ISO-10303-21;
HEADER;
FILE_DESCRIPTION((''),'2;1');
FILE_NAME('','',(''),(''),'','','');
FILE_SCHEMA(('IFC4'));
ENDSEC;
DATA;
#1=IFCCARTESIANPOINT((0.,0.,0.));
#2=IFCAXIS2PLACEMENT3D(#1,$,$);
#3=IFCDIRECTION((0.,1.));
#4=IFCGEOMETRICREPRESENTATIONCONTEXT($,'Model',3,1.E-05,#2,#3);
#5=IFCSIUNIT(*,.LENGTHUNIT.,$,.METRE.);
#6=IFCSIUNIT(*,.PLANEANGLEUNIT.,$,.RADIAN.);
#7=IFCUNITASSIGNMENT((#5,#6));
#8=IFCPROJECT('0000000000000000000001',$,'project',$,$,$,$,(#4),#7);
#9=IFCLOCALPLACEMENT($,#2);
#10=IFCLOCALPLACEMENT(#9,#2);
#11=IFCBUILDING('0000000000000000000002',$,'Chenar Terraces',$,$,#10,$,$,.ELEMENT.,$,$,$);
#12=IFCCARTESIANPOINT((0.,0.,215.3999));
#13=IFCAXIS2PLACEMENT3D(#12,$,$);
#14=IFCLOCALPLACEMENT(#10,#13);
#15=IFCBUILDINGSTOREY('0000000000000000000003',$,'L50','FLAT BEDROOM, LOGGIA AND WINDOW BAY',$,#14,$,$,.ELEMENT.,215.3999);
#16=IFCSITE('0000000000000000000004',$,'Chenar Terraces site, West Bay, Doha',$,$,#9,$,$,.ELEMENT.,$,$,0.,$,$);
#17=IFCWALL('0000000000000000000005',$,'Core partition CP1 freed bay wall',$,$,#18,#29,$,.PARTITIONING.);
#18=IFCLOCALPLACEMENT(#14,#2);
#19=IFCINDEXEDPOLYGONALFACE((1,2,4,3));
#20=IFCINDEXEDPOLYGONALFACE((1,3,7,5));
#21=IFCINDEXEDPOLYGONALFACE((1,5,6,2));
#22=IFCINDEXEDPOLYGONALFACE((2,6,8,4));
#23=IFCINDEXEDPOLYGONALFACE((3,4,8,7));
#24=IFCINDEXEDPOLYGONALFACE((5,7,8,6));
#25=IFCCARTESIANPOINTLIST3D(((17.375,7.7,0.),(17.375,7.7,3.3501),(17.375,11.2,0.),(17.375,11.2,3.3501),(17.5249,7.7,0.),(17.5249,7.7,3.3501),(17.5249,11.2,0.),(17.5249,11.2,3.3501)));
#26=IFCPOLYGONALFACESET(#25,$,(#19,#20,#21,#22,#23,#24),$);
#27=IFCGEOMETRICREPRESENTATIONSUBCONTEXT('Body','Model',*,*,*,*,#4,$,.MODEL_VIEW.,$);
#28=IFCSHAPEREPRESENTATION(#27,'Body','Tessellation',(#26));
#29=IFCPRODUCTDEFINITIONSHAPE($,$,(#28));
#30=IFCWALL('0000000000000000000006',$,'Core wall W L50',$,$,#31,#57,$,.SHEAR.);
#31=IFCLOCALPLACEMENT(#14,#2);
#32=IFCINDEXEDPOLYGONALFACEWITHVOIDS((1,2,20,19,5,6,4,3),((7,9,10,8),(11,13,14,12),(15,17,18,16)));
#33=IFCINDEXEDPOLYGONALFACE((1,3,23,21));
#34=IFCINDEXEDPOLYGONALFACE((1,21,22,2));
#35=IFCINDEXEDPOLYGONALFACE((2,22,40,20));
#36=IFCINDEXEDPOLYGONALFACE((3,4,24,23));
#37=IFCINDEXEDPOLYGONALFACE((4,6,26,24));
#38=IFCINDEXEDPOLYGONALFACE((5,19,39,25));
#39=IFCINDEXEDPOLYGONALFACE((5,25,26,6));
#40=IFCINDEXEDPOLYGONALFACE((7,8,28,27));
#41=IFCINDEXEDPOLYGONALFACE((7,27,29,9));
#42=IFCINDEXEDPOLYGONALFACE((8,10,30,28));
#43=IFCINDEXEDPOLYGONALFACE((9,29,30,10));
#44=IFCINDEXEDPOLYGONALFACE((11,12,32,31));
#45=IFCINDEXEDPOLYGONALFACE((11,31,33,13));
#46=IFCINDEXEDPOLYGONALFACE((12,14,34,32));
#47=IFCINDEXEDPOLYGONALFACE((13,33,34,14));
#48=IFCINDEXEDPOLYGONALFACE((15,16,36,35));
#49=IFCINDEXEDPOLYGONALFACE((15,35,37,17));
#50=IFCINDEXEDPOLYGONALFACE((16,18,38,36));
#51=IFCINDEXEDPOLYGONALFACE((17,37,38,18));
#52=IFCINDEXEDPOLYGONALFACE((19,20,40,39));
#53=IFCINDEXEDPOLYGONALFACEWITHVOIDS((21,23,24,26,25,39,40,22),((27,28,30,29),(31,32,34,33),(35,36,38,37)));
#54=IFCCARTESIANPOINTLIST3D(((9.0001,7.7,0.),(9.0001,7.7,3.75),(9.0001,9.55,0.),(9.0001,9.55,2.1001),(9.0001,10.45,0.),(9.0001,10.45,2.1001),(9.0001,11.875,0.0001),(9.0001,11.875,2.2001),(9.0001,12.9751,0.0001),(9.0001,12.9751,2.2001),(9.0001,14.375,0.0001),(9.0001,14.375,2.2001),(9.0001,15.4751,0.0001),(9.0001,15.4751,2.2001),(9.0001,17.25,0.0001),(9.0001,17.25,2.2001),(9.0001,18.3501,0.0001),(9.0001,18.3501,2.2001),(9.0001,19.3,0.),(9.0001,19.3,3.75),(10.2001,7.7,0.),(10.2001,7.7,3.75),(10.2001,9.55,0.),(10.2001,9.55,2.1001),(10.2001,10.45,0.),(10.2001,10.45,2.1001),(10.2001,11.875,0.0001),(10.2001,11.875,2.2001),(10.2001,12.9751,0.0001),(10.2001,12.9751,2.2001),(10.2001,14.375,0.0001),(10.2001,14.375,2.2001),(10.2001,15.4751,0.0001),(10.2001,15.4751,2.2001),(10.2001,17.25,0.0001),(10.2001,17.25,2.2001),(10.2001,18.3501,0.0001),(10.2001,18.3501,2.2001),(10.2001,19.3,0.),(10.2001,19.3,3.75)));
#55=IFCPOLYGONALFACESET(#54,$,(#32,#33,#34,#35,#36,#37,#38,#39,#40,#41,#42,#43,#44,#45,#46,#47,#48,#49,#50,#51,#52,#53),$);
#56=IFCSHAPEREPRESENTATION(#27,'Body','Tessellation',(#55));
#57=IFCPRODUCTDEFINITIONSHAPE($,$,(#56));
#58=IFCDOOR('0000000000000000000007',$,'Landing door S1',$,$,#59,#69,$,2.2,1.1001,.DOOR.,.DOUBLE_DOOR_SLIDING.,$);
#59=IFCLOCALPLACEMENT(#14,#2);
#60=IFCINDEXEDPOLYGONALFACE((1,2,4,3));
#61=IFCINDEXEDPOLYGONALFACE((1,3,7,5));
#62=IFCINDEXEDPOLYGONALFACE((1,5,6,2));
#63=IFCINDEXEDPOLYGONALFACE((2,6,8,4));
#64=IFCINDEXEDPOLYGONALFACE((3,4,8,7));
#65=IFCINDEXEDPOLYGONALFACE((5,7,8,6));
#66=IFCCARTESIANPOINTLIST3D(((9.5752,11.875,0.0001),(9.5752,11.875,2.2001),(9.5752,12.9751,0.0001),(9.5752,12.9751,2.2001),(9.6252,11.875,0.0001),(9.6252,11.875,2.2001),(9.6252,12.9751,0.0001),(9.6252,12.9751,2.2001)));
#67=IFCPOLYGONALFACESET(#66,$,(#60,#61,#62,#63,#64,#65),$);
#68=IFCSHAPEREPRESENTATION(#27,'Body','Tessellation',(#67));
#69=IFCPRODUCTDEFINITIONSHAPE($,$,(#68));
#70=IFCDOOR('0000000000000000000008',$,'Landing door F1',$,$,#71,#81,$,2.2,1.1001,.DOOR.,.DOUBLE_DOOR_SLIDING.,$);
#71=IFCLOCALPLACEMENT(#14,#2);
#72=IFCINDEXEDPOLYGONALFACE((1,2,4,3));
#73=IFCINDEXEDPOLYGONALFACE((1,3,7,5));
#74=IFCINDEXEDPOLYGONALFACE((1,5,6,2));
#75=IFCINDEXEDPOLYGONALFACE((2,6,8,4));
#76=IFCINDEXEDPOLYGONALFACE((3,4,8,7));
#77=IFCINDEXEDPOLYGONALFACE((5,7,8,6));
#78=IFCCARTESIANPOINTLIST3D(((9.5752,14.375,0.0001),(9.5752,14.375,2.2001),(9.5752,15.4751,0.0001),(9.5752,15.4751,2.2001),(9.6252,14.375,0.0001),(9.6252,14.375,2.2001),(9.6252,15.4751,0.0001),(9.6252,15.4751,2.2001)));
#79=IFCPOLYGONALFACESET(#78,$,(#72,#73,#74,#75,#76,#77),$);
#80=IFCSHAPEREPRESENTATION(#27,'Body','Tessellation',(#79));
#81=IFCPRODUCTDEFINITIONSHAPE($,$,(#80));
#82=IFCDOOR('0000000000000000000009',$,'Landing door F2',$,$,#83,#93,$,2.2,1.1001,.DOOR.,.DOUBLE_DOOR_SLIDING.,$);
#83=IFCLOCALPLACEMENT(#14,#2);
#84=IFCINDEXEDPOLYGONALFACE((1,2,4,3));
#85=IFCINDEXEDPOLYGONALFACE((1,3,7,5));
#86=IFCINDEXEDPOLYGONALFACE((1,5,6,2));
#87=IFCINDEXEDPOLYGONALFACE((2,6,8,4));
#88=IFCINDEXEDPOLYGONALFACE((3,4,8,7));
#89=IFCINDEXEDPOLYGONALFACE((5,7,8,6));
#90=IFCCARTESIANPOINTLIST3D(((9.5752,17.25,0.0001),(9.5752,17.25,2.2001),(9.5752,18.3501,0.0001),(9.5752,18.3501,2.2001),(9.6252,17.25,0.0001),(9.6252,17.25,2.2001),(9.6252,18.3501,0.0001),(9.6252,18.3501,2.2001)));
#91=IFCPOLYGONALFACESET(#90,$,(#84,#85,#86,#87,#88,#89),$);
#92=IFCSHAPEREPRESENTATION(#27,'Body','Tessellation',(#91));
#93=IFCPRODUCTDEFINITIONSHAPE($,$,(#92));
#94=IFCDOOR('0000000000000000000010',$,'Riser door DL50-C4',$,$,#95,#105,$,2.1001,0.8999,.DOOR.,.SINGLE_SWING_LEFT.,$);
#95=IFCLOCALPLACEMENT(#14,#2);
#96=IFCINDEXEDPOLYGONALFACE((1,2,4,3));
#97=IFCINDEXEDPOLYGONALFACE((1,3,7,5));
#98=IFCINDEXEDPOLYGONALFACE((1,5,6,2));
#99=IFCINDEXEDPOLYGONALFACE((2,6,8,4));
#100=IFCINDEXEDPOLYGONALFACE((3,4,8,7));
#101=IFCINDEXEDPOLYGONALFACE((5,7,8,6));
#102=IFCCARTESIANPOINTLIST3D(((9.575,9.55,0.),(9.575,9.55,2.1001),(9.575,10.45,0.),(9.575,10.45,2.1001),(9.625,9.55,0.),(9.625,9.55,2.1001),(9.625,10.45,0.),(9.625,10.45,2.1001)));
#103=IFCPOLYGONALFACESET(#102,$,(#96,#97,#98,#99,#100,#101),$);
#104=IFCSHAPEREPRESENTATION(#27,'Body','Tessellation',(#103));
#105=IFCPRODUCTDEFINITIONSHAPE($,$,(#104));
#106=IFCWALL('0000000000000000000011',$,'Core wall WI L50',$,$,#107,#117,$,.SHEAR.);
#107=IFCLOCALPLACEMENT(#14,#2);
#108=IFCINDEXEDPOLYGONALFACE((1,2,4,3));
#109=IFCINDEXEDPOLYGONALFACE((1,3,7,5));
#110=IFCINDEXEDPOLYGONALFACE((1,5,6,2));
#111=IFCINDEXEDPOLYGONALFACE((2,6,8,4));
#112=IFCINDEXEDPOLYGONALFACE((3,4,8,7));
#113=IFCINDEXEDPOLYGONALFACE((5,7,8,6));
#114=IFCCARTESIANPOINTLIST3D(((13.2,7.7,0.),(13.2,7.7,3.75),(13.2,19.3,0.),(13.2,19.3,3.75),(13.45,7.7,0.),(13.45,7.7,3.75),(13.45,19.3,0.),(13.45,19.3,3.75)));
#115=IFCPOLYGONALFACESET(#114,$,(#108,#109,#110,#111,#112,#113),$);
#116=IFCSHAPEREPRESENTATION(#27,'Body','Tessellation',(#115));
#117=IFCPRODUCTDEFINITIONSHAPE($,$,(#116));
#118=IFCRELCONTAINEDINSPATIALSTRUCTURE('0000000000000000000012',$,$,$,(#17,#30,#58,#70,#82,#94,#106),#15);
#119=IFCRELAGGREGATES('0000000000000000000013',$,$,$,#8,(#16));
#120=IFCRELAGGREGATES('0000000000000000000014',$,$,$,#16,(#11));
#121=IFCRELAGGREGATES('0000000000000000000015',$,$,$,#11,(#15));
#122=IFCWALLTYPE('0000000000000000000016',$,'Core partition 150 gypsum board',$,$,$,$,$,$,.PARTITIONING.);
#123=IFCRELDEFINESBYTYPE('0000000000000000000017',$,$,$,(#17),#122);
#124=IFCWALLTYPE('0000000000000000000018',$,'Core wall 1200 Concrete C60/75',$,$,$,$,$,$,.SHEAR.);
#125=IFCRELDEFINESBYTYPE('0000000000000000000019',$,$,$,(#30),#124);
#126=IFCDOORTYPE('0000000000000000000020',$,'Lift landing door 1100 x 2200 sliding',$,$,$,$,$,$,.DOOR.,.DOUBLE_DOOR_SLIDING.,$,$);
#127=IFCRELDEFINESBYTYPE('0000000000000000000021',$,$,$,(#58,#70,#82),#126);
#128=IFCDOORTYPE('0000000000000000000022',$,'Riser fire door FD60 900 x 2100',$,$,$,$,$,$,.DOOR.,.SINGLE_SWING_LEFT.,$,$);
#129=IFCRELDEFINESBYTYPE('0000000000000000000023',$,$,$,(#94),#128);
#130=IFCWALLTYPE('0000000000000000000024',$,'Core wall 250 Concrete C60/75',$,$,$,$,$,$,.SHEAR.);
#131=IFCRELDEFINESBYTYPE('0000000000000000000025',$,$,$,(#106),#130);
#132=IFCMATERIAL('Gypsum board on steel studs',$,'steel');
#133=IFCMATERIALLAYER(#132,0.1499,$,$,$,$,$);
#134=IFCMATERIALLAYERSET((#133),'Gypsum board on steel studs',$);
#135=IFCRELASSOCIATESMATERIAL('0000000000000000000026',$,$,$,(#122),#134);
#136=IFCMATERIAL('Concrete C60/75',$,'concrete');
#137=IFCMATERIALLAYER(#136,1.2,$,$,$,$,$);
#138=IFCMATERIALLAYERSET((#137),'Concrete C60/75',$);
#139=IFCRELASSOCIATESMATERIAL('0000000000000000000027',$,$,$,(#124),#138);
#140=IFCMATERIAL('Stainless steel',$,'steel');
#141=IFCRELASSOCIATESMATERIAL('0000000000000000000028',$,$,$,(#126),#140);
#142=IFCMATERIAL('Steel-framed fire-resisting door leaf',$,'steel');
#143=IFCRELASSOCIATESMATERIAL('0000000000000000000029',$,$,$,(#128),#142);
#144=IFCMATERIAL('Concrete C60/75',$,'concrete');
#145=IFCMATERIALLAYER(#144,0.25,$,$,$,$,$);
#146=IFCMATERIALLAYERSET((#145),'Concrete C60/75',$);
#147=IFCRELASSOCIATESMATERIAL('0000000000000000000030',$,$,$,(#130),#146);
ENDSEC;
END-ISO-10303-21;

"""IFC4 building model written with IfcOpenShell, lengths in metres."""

from ifc_helpers import new_model, si_unit, direction, frame, frame_2d, origin, place, context, subcontext, project, spatial, rectangle, extrude, material, layer, layer_set, type_object, element, fill, save


model = new_model("IFC4")

# Units and contexts
model_context = context("Model", 3, precision=1e-05, world=origin(), true_north=direction((0.0, 1.0)))
body_context = subcontext(model_context, "Body", "Model", "MODEL_VIEW")
ifc_project = project(units=[si_unit("LENGTHUNIT", "METRE"), si_unit("PLANEANGLEUNIT", "RADIAN")], contexts=[model_context])

# Site, building, storey
site_placement = place(None, origin())
site = spatial("IfcSite", under=ifc_project, at=site_placement, Name="Chenar Terraces site, West Bay, Doha", CompositionType="ELEMENT", RefElevation=0.0)
building_placement = place(site_placement, origin())
building = spatial("IfcBuilding", under=site, at=building_placement, Name="Chenar Terraces", CompositionType="ELEMENT")
storey_placement = place(building_placement, frame((0.0, 0.0, 215.3999)))
storey = spatial("IfcBuildingStorey", under=building, at=storey_placement, Name="L50", Description="FLAT BEDROOM, LOGGIA AND WINDOW BAY", CompositionType="ELEMENT", Elevation=215.3999)

# Wall
ifc_material_1 = material(Name="Gypsum board on steel studs", Category="steel")
ifc_layer_1 = layer(ifc_material_1, 0.1499)
ifc_layer_set_1 = layer_set([ifc_layer_1], Name="Gypsum board on steel studs")
wall_type_1 = type_object("IfcWallType", Name="Core partition 150 gypsum board", PredefinedType="PARTITIONING", material=ifc_layer_set_1)
wall_1_placement = place(storey_placement, frame((17.45, 7.7, 0.0), z_axis=(0.0, 0.0, 1.0), x_axis=(0.0, 1.0, 0.0)))
element("IfcWall", 1, at=wall_1_placement, inside=storey, type_object=wall_type_1, Name="Core partition CP1 freed bay wall", PredefinedType="PARTITIONING", context=body_context, shape_type="SweptSolid", body=[
    extrude(rectangle(XDim=3.5, YDim=0.1499, at=frame_2d((1.75, 0.0))), origin(), (0.0, 0.0, 1.0), 3.3501),
])

# Wall, openings, doors
ifc_material_2 = material(Name="Concrete C60/75", Category="concrete")
ifc_layer_2 = layer(ifc_material_2, 1.2)
ifc_layer_set_2 = layer_set([ifc_layer_2], Name="Concrete C60/75")
wall_type_2 = type_object("IfcWallType", Name="Core wall 1200 Concrete C60/75", PredefinedType="SHEAR", material=ifc_layer_set_2)
wall_2_placement = place(storey_placement, frame((9.6001, 7.7, 0.0), z_axis=(0.0, 0.0, 1.0), x_axis=(0.0, 1.0, 0.0)))
wall_2 = element("IfcWall", 2, at=wall_2_placement, inside=storey, type_object=wall_type_2, Name="Core wall W L50", PredefinedType="SHEAR", context=body_context, shape_type="SweptSolid", body=[
    extrude(rectangle(XDim=11.6001, YDim=1.2, at=frame_2d((5.8, 0.0))), origin(), (0.0, 0.0, 1.0), 3.75),
])
opening_1_placement = place(wall_2_placement, frame((4.175, 0.0, 0.0)))
opening_1 = element("IfcOpeningElement", 3, at=opening_1_placement, cuts=wall_2, PredefinedType="OPENING", context=body_context, shape_type="SweptSolid", body=[
    extrude(rectangle(XDim=1.1001, YDim=2.2, at=frame_2d((0.55, 1.1001))), frame((0.0, 0.6099, 0.0), z_axis=(0.0, -1.0, 0.0), x_axis=(1.0, 0.0, 0.0)), (0.0, 0.0, 1.0), 1.22),
])
opening_2_placement = place(wall_2_placement, frame((6.675, 0.0, 0.0)))
opening_2 = element("IfcOpeningElement", 4, at=opening_2_placement, cuts=wall_2, PredefinedType="OPENING", context=body_context, shape_type="SweptSolid", body=[
    extrude(rectangle(XDim=1.1001, YDim=2.2, at=frame_2d((0.55, 1.1001))), frame((0.0, 0.6099, 0.0), z_axis=(0.0, -1.0, 0.0), x_axis=(1.0, 0.0, 0.0)), (0.0, 0.0, 1.0), 1.22),
])
opening_3_placement = place(wall_2_placement, frame((9.55, 0.0, 0.0)))
opening_3 = element("IfcOpeningElement", 5, at=opening_3_placement, cuts=wall_2, PredefinedType="OPENING", context=body_context, shape_type="SweptSolid", body=[
    extrude(rectangle(XDim=1.1001, YDim=2.2, at=frame_2d((0.55, 1.1001))), frame((0.0, 0.6099, 0.0), z_axis=(0.0, -1.0, 0.0), x_axis=(1.0, 0.0, 0.0)), (0.0, 0.0, 1.0), 1.22),
])
opening_4_placement = place(wall_2_placement, frame((1.8501, 0.0, 0.0)))
opening_4 = element("IfcOpeningElement", 6, at=opening_4_placement, cuts=wall_2, PredefinedType="OPENING", context=body_context, shape_type="SweptSolid", body=[
    extrude(rectangle(XDim=0.8999, YDim=2.1001, at=frame_2d((0.45, 1.05))), frame((0.0, 0.6099, 0.0), z_axis=(0.0, -1.0, 0.0), x_axis=(1.0, 0.0, 0.0)), (0.0, 0.0, 1.0), 1.22),
])
ifc_material_3 = material(Name="Stainless steel", Category="steel")
door_type_1 = type_object("IfcDoorType", Name="Lift landing door 1100 x 2200 sliding", OperationType="DOUBLE_DOOR_SLIDING", PredefinedType="DOOR", material=ifc_material_3)
door_1_placement = place(opening_1_placement, origin())
door_1 = element("IfcDoor", 7, at=door_1_placement, inside=storey, type_object=door_type_1, Name="Landing door S1", OperationType="DOUBLE_DOOR_SLIDING", OverallHeight=2.2, OverallWidth=1.1001, PredefinedType="DOOR", context=body_context, shape_type="SweptSolid", body=[
    extrude(rectangle(XDim=1.1001, YDim=2.2, at=frame_2d((0.55, 1.1001))), frame((0.0, 0.0249, 0.0), z_axis=(0.0, -1.0, 0.0), x_axis=(1.0, 0.0, 0.0)), (0.0, 0.0, 1.0), 0.05),
])
fill(opening_1, door_1)
door_2_placement = place(opening_2_placement, origin())
door_2 = element("IfcDoor", 8, at=door_2_placement, inside=storey, type_object=door_type_1, Name="Landing door F1", OperationType="DOUBLE_DOOR_SLIDING", OverallHeight=2.2, OverallWidth=1.1001, PredefinedType="DOOR", context=body_context, shape_type="SweptSolid", body=[
    extrude(rectangle(XDim=1.1001, YDim=2.2, at=frame_2d((0.55, 1.1001))), frame((0.0, 0.0249, 0.0), z_axis=(0.0, -1.0, 0.0), x_axis=(1.0, 0.0, 0.0)), (0.0, 0.0, 1.0), 0.05),
])
fill(opening_2, door_2)
door_3_placement = place(opening_3_placement, origin())
door_3 = element("IfcDoor", 9, at=door_3_placement, inside=storey, type_object=door_type_1, Name="Landing door F2", OperationType="DOUBLE_DOOR_SLIDING", OverallHeight=2.2, OverallWidth=1.1001, PredefinedType="DOOR", context=body_context, shape_type="SweptSolid", body=[
    extrude(rectangle(XDim=1.1001, YDim=2.2, at=frame_2d((0.55, 1.1001))), frame((0.0, 0.0249, 0.0), z_axis=(0.0, -1.0, 0.0), x_axis=(1.0, 0.0, 0.0)), (0.0, 0.0, 1.0), 0.05),
])
fill(opening_3, door_3)
ifc_material_4 = material(Name="Steel-framed fire-resisting door leaf", Category="steel")
door_type_2 = type_object("IfcDoorType", Name="Riser fire door FD60 900 x 2100", OperationType="SINGLE_SWING_LEFT", PredefinedType="DOOR", material=ifc_material_4)
door_4_placement = place(opening_4_placement, frame((0.8999, 0.0, 0.0), z_axis=(0.0, 0.0, 1.0), x_axis=(-1.0, 0.0, 0.0)))
door_4 = element("IfcDoor", 10, at=door_4_placement, inside=storey, type_object=door_type_2, Name="Riser door DL50-C4", OperationType="SINGLE_SWING_LEFT", OverallHeight=2.1001, OverallWidth=0.8999, PredefinedType="DOOR", context=body_context, shape_type="SweptSolid", body=[
    extrude(rectangle(XDim=0.8999, YDim=2.1001, at=frame_2d((0.45, 1.05))), frame((0.0, 0.0249, 0.0), z_axis=(0.0, -1.0, 0.0), x_axis=(1.0, 0.0, 0.0)), (0.0, 0.0, 1.0), 0.05),
])
fill(opening_4, door_4)

# Wall
ifc_material_5 = material(Name="Concrete C60/75", Category="concrete")
ifc_layer_3 = layer(ifc_material_5, 0.25)
ifc_layer_set_3 = layer_set([ifc_layer_3], Name="Concrete C60/75")
wall_type_3 = type_object("IfcWallType", Name="Core wall 250 Concrete C60/75", PredefinedType="SHEAR", material=ifc_layer_set_3)
wall_3_placement = place(storey_placement, frame((13.325, 7.7, 0.0), z_axis=(0.0, 0.0, 1.0), x_axis=(0.0, 1.0, 0.0)))
element("IfcWall", 11, at=wall_3_placement, inside=storey, type_object=wall_type_3, Name="Core wall WI L50", PredefinedType="SHEAR", context=body_context, shape_type="SweptSolid", body=[
    extrude(rectangle(XDim=11.6001, YDim=0.25, at=frame_2d((5.8, 0.0))), origin(), (0.0, 0.0, 1.0), 3.75),
])

save(model, "model.ifc")
